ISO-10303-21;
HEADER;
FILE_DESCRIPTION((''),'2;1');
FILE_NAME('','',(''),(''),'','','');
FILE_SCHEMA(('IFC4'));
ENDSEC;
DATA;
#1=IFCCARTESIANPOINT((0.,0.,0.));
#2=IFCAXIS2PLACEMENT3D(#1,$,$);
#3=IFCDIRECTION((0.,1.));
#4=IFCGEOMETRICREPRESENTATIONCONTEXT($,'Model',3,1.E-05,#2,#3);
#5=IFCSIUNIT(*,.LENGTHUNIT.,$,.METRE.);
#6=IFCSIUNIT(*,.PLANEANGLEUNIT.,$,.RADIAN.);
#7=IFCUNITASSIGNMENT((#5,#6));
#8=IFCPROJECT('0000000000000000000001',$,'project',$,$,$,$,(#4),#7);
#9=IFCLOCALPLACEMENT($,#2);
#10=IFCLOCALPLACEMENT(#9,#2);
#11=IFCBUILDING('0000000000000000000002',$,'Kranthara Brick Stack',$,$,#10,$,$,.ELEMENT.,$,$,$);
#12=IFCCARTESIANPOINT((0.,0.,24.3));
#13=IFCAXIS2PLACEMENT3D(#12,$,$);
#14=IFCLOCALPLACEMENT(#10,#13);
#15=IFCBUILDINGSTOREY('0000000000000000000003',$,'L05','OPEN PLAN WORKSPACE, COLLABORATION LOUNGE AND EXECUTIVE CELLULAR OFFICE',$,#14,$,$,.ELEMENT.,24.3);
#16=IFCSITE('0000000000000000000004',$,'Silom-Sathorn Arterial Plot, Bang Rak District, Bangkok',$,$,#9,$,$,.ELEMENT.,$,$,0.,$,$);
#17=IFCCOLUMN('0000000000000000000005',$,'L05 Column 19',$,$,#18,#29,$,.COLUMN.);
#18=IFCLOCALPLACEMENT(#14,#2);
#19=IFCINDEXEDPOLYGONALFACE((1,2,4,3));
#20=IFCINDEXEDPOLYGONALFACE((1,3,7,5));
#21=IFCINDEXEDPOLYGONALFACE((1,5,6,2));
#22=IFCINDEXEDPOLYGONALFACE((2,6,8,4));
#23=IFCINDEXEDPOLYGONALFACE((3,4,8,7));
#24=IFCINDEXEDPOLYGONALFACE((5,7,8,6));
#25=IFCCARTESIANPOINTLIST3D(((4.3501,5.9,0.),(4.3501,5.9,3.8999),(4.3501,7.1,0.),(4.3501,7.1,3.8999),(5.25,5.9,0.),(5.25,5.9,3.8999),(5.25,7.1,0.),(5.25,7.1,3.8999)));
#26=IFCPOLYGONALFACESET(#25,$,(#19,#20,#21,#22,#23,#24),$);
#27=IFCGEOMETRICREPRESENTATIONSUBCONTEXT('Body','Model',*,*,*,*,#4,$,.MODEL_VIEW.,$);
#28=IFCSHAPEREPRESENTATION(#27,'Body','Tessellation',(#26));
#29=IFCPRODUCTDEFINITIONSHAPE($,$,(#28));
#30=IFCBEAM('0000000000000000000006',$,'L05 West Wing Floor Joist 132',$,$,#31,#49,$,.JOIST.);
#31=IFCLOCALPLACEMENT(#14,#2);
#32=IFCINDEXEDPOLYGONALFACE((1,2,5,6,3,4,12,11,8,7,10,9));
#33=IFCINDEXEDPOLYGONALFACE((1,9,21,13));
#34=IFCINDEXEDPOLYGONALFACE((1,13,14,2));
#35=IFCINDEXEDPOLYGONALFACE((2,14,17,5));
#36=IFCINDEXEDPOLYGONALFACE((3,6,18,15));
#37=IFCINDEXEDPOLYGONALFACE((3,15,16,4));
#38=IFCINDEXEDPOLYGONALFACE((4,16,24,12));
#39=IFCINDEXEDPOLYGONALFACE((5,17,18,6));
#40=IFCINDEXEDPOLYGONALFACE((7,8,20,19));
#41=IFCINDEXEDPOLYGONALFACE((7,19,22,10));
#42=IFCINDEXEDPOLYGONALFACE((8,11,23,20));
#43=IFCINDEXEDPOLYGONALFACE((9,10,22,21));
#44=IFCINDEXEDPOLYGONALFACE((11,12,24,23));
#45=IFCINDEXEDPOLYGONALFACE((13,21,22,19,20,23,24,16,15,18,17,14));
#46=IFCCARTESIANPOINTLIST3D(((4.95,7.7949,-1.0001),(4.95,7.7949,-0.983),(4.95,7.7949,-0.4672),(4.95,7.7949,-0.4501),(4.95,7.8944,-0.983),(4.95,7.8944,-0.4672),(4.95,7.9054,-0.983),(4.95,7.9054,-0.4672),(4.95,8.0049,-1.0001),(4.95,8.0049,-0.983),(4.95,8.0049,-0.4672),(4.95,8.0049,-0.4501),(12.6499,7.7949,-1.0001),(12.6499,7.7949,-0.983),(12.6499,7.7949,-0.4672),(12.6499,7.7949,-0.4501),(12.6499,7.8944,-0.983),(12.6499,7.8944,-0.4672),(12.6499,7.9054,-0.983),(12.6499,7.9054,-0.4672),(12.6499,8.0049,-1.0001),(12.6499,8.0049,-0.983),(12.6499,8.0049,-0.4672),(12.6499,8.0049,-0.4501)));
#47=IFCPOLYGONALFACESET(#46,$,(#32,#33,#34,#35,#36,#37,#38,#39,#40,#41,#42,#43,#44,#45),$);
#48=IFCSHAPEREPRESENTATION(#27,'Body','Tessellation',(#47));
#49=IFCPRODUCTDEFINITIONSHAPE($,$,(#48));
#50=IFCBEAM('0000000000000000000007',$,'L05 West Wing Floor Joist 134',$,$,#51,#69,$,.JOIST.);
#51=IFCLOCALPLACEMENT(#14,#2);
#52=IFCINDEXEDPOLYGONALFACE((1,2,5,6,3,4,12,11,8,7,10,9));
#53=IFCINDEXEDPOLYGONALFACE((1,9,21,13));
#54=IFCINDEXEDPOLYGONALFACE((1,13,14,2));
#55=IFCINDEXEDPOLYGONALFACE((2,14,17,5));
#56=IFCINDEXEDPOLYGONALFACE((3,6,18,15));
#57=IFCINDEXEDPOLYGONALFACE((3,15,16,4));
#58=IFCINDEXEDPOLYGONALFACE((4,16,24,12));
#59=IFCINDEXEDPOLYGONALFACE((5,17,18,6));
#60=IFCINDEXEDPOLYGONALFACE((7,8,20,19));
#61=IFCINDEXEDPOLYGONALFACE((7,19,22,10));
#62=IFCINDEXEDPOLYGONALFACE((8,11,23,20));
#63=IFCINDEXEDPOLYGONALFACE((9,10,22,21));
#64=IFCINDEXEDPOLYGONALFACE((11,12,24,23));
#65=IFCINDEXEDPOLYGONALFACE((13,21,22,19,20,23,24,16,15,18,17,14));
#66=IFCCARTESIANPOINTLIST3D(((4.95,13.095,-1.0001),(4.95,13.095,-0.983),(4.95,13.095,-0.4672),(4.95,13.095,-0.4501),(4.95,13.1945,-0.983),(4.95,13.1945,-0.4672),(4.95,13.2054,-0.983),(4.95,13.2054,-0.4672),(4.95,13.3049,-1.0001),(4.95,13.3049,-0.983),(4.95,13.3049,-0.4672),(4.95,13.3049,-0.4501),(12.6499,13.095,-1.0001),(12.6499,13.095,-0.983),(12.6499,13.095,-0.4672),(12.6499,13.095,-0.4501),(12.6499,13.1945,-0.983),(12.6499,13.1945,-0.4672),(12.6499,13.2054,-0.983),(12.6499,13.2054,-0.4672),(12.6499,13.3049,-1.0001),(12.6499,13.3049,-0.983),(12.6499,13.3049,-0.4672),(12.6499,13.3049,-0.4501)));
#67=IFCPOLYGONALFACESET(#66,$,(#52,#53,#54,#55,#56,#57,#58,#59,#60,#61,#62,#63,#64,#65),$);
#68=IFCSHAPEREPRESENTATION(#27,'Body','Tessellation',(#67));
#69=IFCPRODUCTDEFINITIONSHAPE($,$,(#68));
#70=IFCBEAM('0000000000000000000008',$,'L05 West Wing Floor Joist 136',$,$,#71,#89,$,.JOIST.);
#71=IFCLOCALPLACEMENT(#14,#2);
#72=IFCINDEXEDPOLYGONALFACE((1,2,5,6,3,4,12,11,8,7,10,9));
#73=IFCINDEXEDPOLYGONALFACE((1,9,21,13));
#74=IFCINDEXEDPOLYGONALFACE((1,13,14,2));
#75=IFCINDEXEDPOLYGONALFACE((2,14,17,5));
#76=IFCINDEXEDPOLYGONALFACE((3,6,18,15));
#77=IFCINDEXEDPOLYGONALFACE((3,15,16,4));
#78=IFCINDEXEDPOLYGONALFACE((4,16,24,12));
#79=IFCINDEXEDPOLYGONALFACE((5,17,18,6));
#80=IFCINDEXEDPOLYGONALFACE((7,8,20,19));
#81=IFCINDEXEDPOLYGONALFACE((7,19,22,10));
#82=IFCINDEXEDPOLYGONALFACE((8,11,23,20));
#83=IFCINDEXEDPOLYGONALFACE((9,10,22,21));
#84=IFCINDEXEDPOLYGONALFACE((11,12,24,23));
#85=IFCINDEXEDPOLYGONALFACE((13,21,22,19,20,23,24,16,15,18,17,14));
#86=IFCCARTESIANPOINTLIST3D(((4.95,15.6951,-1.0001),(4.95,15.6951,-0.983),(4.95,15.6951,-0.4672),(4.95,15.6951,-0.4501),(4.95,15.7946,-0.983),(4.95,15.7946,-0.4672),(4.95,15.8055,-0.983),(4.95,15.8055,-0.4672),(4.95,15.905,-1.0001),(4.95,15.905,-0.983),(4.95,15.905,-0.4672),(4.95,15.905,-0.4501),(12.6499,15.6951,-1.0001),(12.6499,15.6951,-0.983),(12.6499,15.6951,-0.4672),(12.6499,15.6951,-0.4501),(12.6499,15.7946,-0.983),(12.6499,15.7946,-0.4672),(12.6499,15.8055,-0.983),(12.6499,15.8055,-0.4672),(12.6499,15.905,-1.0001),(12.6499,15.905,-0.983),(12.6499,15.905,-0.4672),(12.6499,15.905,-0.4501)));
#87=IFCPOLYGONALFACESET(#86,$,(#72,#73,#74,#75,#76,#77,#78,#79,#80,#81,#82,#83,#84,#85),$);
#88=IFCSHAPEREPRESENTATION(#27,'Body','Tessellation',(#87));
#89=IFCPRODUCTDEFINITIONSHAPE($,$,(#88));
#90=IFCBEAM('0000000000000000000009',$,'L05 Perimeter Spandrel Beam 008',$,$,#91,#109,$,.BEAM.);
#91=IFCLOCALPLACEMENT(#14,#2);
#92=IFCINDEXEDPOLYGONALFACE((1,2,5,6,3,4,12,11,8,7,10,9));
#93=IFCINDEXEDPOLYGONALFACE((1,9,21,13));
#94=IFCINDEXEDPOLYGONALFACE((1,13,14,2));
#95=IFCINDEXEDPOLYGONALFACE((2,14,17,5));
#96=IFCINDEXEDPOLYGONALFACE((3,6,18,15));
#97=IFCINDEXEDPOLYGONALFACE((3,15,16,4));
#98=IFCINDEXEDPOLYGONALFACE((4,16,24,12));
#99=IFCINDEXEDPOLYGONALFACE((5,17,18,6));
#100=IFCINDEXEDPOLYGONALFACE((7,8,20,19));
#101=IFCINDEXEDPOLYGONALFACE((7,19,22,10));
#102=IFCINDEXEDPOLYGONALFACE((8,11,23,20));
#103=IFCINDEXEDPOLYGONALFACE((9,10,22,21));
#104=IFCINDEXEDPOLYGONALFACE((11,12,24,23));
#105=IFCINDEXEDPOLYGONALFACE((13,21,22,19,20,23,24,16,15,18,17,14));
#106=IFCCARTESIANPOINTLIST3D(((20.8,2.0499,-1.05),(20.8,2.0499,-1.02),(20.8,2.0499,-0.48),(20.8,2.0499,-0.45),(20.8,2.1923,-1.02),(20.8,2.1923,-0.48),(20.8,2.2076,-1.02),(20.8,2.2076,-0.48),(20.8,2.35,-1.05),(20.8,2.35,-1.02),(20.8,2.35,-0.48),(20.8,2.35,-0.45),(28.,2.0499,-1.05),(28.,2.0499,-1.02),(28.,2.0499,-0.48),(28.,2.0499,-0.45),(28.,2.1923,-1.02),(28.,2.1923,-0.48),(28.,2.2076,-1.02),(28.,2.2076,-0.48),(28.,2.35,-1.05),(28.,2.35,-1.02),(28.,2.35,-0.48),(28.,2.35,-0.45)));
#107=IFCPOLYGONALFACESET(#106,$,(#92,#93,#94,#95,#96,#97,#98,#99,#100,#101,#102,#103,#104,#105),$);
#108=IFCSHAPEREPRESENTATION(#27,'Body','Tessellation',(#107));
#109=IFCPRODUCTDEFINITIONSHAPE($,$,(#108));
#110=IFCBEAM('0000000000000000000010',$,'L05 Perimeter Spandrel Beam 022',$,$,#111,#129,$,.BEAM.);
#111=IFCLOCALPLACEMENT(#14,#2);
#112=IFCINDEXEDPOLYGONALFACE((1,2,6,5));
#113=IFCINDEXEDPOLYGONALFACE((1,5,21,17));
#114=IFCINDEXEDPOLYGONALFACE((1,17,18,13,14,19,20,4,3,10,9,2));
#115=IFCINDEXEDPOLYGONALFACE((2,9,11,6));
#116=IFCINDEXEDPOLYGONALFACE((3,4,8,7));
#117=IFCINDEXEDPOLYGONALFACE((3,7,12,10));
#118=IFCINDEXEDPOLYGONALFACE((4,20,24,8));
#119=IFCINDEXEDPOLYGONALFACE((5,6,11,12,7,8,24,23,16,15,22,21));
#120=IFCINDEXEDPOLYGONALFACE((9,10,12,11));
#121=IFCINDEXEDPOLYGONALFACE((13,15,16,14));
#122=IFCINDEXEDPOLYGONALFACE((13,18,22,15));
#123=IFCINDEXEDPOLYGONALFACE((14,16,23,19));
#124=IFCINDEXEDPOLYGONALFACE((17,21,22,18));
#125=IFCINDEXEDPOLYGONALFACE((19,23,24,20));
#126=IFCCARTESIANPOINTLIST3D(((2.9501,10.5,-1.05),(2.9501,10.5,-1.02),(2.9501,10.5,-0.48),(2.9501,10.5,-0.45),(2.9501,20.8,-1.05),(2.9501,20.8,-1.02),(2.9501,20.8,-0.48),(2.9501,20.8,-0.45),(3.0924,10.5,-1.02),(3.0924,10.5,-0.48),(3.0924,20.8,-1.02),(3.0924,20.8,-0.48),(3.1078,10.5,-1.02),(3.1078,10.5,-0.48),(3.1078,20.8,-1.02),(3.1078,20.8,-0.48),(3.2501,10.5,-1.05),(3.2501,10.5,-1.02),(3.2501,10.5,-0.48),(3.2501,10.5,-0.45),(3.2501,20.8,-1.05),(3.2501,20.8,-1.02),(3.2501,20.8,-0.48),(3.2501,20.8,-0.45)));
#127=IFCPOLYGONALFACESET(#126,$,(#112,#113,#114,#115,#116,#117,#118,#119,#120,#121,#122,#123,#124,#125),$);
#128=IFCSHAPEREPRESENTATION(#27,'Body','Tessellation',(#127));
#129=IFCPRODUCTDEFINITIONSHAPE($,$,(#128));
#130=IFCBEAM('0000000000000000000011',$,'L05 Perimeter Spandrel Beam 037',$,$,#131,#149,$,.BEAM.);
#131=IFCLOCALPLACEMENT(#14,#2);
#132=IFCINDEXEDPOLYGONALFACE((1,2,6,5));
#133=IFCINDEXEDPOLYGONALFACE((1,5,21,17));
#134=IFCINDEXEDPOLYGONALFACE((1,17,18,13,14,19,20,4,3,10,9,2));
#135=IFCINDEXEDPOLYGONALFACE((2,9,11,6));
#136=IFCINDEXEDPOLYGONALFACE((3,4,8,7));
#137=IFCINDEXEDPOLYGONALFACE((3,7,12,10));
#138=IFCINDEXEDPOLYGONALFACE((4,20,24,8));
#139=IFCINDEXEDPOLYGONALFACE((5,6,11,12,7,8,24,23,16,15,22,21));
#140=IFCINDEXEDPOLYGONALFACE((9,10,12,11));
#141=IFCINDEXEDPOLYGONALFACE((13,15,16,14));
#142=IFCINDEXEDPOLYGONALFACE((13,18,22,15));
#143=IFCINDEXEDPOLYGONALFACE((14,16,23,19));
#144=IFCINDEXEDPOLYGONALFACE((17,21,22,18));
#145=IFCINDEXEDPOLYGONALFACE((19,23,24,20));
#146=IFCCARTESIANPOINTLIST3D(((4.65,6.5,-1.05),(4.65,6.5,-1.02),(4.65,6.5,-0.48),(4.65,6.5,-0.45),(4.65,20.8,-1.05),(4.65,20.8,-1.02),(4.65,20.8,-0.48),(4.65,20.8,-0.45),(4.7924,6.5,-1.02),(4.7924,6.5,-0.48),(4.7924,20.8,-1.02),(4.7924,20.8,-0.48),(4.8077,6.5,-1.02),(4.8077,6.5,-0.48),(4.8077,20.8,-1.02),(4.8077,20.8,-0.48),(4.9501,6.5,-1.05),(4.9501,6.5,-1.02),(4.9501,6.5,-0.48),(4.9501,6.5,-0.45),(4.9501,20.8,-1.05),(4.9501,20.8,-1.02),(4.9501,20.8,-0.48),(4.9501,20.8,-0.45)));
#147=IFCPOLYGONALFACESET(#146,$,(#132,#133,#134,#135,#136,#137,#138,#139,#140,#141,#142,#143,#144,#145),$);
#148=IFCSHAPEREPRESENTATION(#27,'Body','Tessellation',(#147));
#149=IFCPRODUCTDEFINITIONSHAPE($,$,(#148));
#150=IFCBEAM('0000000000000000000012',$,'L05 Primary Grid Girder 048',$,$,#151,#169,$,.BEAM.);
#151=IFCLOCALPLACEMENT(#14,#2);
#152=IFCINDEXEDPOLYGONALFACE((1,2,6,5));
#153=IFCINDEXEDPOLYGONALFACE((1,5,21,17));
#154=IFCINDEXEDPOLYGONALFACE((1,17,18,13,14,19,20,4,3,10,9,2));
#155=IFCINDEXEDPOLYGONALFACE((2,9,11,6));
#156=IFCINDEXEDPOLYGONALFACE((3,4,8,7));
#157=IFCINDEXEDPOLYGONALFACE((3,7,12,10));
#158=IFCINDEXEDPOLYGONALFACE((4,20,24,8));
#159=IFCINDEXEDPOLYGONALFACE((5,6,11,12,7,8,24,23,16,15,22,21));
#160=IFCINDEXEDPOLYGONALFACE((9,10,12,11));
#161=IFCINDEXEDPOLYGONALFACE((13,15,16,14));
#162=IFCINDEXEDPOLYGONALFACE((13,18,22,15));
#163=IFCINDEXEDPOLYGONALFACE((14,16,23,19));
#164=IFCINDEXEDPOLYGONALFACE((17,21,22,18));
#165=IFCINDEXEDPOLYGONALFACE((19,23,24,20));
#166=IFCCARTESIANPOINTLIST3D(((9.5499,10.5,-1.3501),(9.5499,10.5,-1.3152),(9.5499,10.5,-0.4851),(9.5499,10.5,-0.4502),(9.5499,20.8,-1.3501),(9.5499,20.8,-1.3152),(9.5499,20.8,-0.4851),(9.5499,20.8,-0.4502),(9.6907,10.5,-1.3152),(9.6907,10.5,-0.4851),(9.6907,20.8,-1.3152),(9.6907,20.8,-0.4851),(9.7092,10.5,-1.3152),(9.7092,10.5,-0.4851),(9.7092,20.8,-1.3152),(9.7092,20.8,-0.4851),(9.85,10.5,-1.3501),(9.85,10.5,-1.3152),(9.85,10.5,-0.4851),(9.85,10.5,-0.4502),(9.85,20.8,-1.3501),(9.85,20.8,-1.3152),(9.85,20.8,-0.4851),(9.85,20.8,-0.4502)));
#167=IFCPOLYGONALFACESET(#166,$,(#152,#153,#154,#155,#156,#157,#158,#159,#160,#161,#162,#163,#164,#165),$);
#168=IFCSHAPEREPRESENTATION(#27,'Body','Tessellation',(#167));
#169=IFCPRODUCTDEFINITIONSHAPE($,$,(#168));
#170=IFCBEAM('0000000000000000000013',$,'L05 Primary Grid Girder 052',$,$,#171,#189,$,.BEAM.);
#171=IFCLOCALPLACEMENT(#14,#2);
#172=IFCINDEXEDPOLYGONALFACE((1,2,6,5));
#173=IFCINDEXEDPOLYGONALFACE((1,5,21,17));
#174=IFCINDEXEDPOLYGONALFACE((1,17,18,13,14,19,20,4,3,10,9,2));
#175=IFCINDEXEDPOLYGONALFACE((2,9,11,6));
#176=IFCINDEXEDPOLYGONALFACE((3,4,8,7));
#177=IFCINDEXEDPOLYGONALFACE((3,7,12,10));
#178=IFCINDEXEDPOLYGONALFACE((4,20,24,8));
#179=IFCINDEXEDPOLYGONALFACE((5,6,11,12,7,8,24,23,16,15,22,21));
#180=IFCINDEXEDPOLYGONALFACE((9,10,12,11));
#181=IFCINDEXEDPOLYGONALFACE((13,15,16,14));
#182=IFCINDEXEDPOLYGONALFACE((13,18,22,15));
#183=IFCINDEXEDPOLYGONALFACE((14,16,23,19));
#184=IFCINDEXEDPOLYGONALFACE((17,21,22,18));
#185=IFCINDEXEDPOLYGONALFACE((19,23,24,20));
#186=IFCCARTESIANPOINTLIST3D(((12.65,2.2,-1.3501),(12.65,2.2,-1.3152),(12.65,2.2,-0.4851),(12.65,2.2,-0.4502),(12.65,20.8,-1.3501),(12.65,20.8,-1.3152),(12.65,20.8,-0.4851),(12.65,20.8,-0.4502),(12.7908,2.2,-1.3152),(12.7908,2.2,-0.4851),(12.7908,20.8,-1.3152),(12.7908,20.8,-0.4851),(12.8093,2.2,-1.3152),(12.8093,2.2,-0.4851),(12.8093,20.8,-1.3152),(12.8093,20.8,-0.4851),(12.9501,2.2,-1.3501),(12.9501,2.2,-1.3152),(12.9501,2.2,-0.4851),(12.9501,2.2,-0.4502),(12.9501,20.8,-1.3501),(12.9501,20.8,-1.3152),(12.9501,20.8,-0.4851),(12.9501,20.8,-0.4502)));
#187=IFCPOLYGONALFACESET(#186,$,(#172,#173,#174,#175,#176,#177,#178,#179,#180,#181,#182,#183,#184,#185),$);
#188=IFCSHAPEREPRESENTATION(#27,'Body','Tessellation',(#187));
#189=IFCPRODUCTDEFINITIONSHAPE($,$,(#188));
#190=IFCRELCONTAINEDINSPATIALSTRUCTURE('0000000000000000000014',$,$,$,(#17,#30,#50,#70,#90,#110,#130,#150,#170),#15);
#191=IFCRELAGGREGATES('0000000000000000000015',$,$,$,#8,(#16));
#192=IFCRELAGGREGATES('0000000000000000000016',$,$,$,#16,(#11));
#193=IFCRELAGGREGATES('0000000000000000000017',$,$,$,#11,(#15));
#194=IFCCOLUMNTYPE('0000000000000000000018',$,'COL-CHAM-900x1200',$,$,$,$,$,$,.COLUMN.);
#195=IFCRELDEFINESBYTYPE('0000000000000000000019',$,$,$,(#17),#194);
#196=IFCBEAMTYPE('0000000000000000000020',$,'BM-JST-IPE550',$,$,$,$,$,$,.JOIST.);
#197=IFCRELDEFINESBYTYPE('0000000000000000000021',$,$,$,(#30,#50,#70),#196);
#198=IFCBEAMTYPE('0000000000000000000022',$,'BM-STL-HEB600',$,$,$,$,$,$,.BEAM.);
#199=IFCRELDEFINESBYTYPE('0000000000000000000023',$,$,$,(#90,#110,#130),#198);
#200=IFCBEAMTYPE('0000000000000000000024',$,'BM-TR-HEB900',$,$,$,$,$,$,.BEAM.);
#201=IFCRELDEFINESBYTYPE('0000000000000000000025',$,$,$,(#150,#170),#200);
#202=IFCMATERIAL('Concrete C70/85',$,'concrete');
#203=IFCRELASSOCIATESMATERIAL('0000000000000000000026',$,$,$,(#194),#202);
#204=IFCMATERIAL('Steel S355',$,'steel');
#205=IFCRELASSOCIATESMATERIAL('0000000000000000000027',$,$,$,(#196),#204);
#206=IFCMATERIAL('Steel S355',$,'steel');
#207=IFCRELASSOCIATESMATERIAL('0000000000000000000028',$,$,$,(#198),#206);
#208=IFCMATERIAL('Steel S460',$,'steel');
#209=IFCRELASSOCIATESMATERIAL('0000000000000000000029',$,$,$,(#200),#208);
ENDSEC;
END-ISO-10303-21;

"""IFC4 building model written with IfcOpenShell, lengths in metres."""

from ifc_helpers import new_model, si_unit, direction, frame, origin, origin_2d, place, context, subcontext, project, spatial, rectangle, i_section, extrude, material, material_profile, profile_set, type_object, element, save


model = new_model("IFC4")

# Units and contexts
model_context = context("Model", 3, precision=1e-05, world=origin(), true_north=direction((0.0, 1.0)))
body_context = subcontext(model_context, "Body", "Model", "MODEL_VIEW")
ifc_project = project(units=[si_unit("LENGTHUNIT", "METRE"), si_unit("PLANEANGLEUNIT", "RADIAN")], contexts=[model_context])

# Site, building, storey
site_placement = place(None, origin())
site = spatial("IfcSite", under=ifc_project, at=site_placement, Name="Silom-Sathorn Arterial Plot, Bang Rak District, Bangkok", CompositionType="ELEMENT", RefElevation=0.0)
building_placement = place(site_placement, origin())
building = spatial("IfcBuilding", under=site, at=building_placement, Name="Kranthara Brick Stack", CompositionType="ELEMENT")
storey_placement = place(building_placement, frame((0.0, 0.0, 24.3)))
storey = spatial("IfcBuildingStorey", under=building, at=storey_placement, Name="L05", Description="OPEN PLAN WORKSPACE, COLLABORATION LOUNGE AND EXECUTIVE CELLULAR OFFICE", CompositionType="ELEMENT", Elevation=24.3)

# Column
ifc_material_1 = material(Name="Concrete C70/85", Category="concrete")
ifc_material_profile_1 = material_profile(ifc_material_1, rectangle(XDim=0.8999, YDim=1.2, at=origin_2d()), Name="RC 900x1200")
ifc_profile_set_1 = profile_set([ifc_material_profile_1], Name="Concrete C70/85")
column_type = type_object("IfcColumnType", Name="COL-CHAM-900x1200", PredefinedType="COLUMN", material=ifc_profile_set_1)
column_placement = place(storey_placement, frame((4.8, 6.5, 0.0), z_axis=(0.0, 0.0, 1.0), x_axis=(1.0, 0.0, 0.0)))
element("IfcColumn", 1, at=column_placement, inside=storey, type_object=column_type, Name="L05 Column 19", PredefinedType="COLUMN", context=body_context, shape_type="SweptSolid", body=[
    extrude(rectangle(XDim=0.8999, YDim=1.2, at=origin_2d()), origin(), (0.0, 0.0, 1.0), 3.8999),
])

# Beams
ifc_material_2 = material(Name="Steel S355", Category="steel")
ifc_material_profile_2 = material_profile(ifc_material_2, i_section(OverallWidth=0.21, OverallDepth=0.55, WebThickness=0.011, FlangeThickness=0.0171, at=origin_2d()), Name="IPE 550")
ifc_profile_set_2 = profile_set([ifc_material_profile_2], Name="Steel S355")
beam_type_1 = type_object("IfcBeamType", Name="BM-JST-IPE550", PredefinedType="JOIST", material=ifc_profile_set_2)
for number, where, z_axis, x_axis, name in (
    (2, (4.95, 7.8999, -0.7251), (1.0, 0.0, 0.0), (0.0, 1.0, 0.0), "L05 West Wing Floor Joist 132"),
    (3, (4.95, 13.2, -0.7251), (1.0, 0.0, 0.0), (0.0, 1.0, 0.0), "L05 West Wing Floor Joist 134"),
    (4, (4.95, 15.8, -0.7251), (1.0, 0.0, 0.0), (0.0, 1.0, 0.0), "L05 West Wing Floor Joist 136"),
):
    element("IfcBeam", number, at=place(storey_placement, frame(where, z_axis=z_axis, x_axis=x_axis)), inside=storey, type_object=beam_type_1, Name=name, PredefinedType="JOIST", context=body_context, shape_type="SweptSolid", body=[
        extrude(i_section(OverallWidth=0.21, OverallDepth=0.55, WebThickness=0.011, FlangeThickness=0.0171, at=origin_2d()), origin(), (0.0, 0.0, 1.0), 7.7),
    ])
ifc_material_3 = material(Name="Steel S355", Category="steel")
ifc_material_profile_3 = material_profile(ifc_material_3, i_section(OverallWidth=0.3, OverallDepth=0.6001, WebThickness=0.0154, FlangeThickness=0.03, at=origin_2d()), Name="HEB 600")
ifc_profile_set_3 = profile_set([ifc_material_profile_3], Name="Steel S355")
beam_type_2 = type_object("IfcBeamType", Name="BM-STL-HEB600", PredefinedType="BEAM", material=ifc_profile_set_3)
beam_1_placement = place(storey_placement, frame((20.8, 2.2, -0.75), z_axis=(1.0, 0.0, 0.0), x_axis=(0.0, 1.0, 0.0)))
element("IfcBeam", 5, at=beam_1_placement, inside=storey, type_object=beam_type_2, Name="L05 Perimeter Spandrel Beam 008", PredefinedType="BEAM", context=body_context, shape_type="SweptSolid", body=[
    extrude(i_section(OverallWidth=0.3, OverallDepth=0.6001, WebThickness=0.0154, FlangeThickness=0.03, at=origin_2d()), origin(), (0.0, 0.0, 1.0), 7.2),
])
beam_2_placement = place(storey_placement, frame((3.1001, 10.5, -0.75), z_axis=(0.0, 1.0, 0.0), x_axis=(-1.0, 0.0, 0.0)))
element("IfcBeam", 6, at=beam_2_placement, inside=storey, type_object=beam_type_2, Name="L05 Perimeter Spandrel Beam 022", PredefinedType="BEAM", context=body_context, shape_type="SweptSolid", body=[
    extrude(i_section(OverallWidth=0.3, OverallDepth=0.6001, WebThickness=0.0154, FlangeThickness=0.03, at=origin_2d()), origin(), (0.0, 0.0, 1.0), 10.3),
])
beam_3_placement = place(storey_placement, frame((4.8, 6.5, -0.75), z_axis=(0.0, 1.0, 0.0), x_axis=(-1.0, 0.0, 0.0)))
element("IfcBeam", 7, at=beam_3_placement, inside=storey, type_object=beam_type_2, Name="L05 Perimeter Spandrel Beam 037", PredefinedType="BEAM", context=body_context, shape_type="SweptSolid", body=[
    extrude(i_section(OverallWidth=0.3, OverallDepth=0.6001, WebThickness=0.0154, FlangeThickness=0.03, at=origin_2d()), origin(), (0.0, 0.0, 1.0), 14.3),
])
ifc_material_4 = material(Name="Steel S460", Category="steel")
ifc_material_profile_4 = material_profile(ifc_material_4, i_section(OverallWidth=0.3, OverallDepth=0.8999, WebThickness=0.0186, FlangeThickness=0.0349, at=origin_2d()), Name="HEB 900")
ifc_profile_set_4 = profile_set([ifc_material_profile_4], Name="Steel S460")
beam_type_3 = type_object("IfcBeamType", Name="BM-TR-HEB900", PredefinedType="BEAM", material=ifc_profile_set_4)
beam_4_placement = place(storey_placement, frame((9.7, 10.5, -0.9001), z_axis=(0.0, 1.0, 0.0), x_axis=(-1.0, 0.0, 0.0)))
element("IfcBeam", 8, at=beam_4_placement, inside=storey, type_object=beam_type_3, Name="L05 Primary Grid Girder 048", PredefinedType="BEAM", context=body_context, shape_type="SweptSolid", body=[
    extrude(i_section(OverallWidth=0.3, OverallDepth=0.8999, WebThickness=0.0186, FlangeThickness=0.0349, at=origin_2d()), origin(), (0.0, 0.0, 1.0), 10.3),
])
for number, where, z_axis, x_axis, name in (
    (9, (12.8, 2.2, -0.9001), (0.0, 1.0, 0.0), (-1.0, 0.0, 0.0), "L05 Primary Grid Girder 052"),
):
    element("IfcBeam", number, at=place(storey_placement, frame(where, z_axis=z_axis, x_axis=x_axis)), inside=storey, type_object=beam_type_3, Name=name, PredefinedType="BEAM", context=body_context, shape_type="SweptSolid", body=[
        extrude(i_section(OverallWidth=0.3, OverallDepth=0.8999, WebThickness=0.0186, FlangeThickness=0.0349, at=origin_2d()), origin(), (0.0, 0.0, 1.0), 18.6001),
    ])

save(model, "model.ifc")
